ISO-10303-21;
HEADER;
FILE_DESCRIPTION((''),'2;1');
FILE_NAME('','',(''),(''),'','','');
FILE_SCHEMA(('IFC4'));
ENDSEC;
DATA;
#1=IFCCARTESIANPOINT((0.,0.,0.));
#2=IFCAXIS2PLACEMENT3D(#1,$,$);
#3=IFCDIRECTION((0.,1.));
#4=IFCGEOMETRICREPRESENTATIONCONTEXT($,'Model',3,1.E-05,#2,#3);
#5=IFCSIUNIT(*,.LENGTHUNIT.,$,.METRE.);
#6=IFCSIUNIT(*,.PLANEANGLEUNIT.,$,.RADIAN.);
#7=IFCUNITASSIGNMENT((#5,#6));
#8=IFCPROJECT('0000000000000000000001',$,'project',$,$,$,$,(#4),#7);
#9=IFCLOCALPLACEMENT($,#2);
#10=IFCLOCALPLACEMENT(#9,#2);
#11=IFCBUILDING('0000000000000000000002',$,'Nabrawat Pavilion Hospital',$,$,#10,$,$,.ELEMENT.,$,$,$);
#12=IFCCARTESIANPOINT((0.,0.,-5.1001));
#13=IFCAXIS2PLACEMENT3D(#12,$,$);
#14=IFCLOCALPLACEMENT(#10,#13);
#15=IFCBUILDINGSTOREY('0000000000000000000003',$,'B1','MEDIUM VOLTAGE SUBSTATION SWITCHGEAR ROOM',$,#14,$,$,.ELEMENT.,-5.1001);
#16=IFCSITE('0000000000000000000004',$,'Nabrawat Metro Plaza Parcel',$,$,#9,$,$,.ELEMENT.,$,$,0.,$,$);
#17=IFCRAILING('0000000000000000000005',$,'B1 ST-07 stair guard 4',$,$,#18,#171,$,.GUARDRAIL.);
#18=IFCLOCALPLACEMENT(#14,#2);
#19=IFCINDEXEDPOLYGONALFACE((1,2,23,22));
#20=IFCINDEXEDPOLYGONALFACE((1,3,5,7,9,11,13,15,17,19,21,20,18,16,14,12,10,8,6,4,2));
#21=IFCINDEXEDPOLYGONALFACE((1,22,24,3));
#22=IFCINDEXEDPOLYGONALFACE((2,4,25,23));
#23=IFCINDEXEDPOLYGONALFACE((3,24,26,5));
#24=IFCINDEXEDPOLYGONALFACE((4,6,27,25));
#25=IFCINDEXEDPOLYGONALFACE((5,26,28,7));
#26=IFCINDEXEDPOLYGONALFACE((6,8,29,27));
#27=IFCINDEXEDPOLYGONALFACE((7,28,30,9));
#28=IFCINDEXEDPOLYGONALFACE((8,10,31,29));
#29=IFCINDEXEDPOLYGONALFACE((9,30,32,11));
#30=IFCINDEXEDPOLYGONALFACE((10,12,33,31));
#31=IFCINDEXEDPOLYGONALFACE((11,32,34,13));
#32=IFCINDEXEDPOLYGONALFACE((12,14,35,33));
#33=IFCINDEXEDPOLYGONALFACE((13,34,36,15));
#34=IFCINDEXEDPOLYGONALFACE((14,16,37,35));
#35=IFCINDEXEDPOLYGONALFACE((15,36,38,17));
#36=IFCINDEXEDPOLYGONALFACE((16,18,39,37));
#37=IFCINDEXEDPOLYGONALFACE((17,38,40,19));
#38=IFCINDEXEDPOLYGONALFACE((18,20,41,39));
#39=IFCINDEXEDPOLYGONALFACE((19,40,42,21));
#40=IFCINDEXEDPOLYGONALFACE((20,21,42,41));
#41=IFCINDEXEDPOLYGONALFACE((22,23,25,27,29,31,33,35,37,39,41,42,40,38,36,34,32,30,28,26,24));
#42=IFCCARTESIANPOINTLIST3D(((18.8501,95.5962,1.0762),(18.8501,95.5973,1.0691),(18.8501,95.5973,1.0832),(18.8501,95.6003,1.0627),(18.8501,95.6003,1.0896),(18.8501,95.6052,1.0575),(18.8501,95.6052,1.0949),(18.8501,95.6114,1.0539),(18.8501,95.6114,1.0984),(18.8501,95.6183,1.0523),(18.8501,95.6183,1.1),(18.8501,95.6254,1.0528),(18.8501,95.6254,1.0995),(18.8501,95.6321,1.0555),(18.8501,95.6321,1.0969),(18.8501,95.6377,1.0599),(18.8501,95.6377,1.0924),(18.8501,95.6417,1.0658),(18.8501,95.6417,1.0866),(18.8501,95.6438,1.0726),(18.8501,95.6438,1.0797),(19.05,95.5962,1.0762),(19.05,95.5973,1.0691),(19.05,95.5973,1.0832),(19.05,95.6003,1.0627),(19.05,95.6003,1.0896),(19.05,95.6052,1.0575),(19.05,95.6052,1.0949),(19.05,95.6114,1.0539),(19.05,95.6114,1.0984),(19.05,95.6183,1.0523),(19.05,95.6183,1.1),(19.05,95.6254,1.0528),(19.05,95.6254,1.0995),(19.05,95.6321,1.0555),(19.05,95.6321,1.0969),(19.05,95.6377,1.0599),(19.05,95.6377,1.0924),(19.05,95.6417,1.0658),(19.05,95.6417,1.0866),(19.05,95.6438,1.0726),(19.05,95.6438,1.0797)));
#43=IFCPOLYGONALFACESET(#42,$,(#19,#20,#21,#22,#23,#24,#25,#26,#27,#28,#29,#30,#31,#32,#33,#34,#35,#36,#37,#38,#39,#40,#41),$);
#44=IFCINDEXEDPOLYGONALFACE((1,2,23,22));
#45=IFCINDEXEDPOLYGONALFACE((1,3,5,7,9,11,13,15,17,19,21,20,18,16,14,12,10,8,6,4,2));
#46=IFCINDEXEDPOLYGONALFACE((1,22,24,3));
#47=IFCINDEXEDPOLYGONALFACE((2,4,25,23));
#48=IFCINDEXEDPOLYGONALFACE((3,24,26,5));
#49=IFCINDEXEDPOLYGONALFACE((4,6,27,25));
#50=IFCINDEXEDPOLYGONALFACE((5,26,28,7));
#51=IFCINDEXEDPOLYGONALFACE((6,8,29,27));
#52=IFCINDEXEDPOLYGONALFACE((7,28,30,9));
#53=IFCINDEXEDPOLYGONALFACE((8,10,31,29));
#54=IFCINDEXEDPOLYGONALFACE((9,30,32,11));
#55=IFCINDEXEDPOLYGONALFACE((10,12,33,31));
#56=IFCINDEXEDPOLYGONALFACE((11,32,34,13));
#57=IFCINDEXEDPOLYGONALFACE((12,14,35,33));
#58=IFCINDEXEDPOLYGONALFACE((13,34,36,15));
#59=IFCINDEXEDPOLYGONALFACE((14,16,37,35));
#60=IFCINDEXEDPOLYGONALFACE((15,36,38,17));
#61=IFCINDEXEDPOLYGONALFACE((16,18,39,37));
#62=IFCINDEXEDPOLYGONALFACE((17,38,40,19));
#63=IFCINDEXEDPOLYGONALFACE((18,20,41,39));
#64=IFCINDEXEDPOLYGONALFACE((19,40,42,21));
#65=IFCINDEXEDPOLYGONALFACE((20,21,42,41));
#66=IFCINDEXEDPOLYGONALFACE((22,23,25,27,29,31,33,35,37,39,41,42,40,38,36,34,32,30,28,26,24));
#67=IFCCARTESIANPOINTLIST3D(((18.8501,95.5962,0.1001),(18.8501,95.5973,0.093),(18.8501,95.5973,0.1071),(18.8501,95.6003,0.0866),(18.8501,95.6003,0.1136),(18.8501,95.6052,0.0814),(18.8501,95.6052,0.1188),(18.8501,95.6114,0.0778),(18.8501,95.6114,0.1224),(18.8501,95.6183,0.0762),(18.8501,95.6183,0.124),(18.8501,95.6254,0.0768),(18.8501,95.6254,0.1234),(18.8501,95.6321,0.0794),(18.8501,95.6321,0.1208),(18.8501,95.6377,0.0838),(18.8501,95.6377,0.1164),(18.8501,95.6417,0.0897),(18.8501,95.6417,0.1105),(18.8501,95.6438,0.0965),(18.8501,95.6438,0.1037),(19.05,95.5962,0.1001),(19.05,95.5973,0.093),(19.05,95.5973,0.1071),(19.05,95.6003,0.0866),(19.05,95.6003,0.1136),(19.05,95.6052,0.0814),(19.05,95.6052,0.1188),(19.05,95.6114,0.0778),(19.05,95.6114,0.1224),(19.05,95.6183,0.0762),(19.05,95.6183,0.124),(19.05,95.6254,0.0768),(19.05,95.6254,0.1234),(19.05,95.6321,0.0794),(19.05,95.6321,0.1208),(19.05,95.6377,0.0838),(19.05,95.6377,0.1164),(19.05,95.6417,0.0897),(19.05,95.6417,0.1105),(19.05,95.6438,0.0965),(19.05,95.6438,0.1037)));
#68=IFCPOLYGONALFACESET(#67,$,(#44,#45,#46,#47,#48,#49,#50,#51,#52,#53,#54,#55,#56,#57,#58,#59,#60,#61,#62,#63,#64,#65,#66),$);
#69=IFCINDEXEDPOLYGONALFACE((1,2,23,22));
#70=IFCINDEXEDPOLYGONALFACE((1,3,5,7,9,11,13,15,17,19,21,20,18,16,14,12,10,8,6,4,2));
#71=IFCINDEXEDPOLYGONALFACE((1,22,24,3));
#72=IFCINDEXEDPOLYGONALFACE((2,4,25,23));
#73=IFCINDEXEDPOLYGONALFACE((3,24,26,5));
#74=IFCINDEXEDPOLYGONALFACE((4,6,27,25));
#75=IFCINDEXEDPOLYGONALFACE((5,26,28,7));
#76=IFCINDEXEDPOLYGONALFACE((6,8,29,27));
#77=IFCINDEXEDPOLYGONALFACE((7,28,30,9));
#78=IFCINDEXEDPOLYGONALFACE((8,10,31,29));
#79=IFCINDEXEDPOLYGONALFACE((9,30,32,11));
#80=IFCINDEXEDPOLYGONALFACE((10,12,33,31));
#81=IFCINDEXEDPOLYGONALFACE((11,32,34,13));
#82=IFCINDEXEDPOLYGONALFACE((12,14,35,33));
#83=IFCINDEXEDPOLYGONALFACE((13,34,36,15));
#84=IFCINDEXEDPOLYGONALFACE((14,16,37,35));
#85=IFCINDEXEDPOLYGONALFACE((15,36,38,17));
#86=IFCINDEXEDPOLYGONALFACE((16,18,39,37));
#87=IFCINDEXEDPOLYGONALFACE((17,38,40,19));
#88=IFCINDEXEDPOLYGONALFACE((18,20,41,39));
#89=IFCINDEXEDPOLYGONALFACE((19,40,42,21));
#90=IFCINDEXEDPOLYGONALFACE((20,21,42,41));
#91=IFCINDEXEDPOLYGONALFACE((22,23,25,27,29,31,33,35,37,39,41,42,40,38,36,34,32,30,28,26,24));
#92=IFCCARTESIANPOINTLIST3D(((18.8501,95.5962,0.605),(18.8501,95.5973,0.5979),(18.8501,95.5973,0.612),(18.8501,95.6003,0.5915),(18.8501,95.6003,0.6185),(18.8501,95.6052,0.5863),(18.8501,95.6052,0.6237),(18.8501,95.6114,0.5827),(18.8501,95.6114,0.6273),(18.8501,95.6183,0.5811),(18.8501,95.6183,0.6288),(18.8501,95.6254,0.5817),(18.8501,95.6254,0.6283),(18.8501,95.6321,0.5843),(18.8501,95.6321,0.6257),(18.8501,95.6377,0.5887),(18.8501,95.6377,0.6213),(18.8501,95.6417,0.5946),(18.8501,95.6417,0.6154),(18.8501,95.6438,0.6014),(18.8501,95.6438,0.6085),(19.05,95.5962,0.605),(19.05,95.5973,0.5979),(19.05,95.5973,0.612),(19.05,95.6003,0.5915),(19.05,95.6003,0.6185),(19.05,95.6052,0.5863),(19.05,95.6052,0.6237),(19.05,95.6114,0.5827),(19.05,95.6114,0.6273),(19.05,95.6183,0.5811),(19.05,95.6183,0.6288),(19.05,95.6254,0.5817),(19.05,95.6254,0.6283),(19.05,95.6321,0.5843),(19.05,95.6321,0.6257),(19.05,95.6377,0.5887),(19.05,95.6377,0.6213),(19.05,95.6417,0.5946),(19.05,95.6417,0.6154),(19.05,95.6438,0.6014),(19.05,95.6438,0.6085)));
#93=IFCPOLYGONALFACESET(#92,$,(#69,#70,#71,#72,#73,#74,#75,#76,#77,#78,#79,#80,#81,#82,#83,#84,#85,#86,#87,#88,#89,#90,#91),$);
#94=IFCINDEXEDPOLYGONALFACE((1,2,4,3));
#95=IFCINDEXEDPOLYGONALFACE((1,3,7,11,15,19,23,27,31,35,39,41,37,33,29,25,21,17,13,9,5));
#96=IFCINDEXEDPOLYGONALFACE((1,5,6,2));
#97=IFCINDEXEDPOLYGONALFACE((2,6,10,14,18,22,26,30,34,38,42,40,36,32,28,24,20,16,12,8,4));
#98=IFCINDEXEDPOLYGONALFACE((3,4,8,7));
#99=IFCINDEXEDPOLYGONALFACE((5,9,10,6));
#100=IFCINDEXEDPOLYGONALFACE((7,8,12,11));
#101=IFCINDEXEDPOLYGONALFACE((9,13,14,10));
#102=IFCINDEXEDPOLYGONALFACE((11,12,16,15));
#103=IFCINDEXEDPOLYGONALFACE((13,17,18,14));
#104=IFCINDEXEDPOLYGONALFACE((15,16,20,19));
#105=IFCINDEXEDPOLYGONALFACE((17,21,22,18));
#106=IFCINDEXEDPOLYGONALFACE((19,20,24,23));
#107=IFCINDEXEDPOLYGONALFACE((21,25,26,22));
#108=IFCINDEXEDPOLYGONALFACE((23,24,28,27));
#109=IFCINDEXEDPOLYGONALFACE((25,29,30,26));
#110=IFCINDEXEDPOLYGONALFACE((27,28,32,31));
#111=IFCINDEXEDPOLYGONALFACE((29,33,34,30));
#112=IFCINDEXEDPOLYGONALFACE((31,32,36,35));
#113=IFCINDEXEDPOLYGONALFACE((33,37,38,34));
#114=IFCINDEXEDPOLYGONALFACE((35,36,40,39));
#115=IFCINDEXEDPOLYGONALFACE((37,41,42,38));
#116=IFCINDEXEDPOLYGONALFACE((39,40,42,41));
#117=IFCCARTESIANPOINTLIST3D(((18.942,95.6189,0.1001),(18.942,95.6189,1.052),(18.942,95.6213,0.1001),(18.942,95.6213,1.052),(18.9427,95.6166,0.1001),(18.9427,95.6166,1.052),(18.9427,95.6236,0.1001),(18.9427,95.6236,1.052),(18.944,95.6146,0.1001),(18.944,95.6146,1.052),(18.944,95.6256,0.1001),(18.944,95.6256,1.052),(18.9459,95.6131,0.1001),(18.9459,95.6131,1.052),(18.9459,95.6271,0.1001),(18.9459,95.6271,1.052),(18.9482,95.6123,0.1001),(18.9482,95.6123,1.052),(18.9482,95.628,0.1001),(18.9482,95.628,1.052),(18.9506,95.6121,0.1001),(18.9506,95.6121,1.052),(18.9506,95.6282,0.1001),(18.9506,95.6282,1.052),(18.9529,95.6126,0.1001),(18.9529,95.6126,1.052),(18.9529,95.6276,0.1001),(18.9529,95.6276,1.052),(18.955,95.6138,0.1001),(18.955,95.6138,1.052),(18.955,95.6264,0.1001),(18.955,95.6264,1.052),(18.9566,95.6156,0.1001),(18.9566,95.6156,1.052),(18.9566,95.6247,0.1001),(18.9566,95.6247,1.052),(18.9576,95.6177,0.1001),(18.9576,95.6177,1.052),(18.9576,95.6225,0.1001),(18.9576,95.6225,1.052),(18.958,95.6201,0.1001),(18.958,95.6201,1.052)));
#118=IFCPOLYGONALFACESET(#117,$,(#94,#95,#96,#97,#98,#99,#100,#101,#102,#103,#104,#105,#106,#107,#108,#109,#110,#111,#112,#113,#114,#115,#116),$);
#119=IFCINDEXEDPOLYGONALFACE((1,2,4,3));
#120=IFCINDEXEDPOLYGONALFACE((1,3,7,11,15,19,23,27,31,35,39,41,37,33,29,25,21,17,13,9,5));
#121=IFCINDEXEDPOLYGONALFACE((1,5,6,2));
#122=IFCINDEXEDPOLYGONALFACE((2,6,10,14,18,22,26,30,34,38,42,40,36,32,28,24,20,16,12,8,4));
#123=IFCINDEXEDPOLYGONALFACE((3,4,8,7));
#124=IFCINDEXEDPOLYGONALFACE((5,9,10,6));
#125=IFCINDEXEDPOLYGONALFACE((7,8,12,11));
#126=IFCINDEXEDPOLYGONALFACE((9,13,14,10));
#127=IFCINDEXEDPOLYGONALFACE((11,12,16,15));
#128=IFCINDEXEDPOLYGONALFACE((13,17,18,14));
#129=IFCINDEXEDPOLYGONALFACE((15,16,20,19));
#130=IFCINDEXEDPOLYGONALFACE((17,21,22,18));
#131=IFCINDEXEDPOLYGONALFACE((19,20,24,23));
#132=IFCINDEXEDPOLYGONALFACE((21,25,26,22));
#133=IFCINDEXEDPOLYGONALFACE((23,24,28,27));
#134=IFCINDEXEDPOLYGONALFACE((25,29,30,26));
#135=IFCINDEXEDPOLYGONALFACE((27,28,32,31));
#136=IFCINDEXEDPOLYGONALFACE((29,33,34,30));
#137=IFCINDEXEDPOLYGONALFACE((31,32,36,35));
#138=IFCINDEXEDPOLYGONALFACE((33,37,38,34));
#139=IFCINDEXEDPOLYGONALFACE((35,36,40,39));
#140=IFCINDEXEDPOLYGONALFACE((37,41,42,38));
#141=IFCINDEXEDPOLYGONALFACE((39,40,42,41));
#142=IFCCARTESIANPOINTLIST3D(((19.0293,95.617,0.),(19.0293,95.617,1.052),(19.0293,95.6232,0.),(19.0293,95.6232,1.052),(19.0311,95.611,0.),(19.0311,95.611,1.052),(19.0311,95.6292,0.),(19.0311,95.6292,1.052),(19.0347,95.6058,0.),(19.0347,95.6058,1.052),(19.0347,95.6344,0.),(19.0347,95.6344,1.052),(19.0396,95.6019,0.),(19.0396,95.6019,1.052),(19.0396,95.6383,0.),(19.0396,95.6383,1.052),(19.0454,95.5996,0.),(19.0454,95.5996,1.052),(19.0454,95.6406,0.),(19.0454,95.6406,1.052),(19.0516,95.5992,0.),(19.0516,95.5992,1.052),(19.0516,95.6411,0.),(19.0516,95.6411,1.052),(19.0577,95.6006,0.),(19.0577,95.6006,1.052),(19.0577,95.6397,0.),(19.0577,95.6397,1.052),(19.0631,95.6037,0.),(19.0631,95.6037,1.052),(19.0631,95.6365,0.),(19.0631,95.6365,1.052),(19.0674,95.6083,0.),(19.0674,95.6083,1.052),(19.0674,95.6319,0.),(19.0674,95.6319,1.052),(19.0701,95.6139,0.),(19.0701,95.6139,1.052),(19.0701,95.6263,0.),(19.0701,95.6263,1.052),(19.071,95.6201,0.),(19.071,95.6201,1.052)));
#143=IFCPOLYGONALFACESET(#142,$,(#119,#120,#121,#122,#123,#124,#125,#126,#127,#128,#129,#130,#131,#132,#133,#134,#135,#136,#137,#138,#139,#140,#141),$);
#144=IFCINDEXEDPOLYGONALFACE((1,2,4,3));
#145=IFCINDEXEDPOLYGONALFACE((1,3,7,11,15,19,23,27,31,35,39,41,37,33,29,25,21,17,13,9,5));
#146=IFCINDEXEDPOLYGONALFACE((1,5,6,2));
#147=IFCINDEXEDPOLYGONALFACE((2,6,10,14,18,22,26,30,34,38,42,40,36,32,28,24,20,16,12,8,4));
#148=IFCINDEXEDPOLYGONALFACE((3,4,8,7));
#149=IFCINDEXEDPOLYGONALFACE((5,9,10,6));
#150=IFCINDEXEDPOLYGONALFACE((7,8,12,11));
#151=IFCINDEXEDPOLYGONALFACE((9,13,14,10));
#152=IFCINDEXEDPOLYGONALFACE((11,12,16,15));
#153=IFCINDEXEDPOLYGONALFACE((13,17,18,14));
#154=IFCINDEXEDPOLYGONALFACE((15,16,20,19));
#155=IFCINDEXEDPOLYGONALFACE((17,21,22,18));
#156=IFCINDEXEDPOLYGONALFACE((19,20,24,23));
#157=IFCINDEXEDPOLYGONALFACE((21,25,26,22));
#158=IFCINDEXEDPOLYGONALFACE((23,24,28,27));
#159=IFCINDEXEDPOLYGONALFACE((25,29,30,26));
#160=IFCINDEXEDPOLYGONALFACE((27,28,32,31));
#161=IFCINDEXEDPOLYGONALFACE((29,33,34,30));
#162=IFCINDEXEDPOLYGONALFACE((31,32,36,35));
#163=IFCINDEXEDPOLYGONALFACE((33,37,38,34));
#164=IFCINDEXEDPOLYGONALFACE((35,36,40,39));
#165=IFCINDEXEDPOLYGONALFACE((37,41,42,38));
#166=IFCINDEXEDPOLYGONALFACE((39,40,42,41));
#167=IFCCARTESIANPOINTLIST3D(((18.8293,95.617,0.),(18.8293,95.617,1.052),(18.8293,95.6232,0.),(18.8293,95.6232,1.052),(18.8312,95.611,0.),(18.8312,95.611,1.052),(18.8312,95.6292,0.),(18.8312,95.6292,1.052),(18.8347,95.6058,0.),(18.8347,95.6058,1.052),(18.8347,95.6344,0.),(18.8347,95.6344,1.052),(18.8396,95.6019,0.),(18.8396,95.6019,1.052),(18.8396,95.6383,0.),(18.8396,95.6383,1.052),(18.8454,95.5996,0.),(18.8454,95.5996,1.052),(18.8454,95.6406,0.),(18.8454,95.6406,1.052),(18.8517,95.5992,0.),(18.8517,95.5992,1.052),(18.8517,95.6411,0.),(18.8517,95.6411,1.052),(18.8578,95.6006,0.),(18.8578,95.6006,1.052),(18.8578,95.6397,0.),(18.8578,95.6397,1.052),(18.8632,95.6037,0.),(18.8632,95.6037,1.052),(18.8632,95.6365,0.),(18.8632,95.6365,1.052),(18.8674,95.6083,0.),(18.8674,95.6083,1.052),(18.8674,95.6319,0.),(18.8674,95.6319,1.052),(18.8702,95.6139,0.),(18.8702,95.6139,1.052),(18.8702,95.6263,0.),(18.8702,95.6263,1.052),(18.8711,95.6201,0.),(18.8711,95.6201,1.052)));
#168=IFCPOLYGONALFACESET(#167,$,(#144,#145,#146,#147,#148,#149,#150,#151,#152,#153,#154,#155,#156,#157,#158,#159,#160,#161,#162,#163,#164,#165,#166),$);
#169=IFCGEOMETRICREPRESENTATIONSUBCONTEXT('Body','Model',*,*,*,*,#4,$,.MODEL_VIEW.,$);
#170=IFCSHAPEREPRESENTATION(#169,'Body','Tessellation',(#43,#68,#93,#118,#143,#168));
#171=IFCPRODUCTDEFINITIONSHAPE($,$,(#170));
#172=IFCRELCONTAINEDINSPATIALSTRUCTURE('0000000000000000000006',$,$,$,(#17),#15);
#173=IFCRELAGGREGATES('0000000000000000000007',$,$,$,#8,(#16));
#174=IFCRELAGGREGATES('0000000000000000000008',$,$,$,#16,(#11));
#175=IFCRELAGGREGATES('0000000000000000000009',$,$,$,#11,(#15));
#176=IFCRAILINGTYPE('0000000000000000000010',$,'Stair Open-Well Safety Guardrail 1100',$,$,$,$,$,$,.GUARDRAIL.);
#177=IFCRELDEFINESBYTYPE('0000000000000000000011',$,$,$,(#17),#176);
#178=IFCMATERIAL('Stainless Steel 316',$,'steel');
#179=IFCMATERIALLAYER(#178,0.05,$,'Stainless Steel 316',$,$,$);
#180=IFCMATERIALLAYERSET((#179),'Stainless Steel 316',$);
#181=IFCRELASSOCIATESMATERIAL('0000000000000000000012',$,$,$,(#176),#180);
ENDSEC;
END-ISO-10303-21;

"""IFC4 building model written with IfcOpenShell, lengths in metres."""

from ifc_helpers import new_model, si_unit, direction, frame, origin, origin_2d, place, context, subcontext, project, spatial, circle, extrude, material, layer, layer_set, type_object, element, save


model = new_model("IFC4")

# Units and contexts
model_context = context("Model", 3, precision=1e-05, world=origin(), true_north=direction((0.0, 1.0)))
body_context = subcontext(model_context, "Body", "Model", "MODEL_VIEW")
ifc_project = project(units=[si_unit("LENGTHUNIT", "METRE"), si_unit("PLANEANGLEUNIT", "RADIAN")], contexts=[model_context])

# Site, building, storey
site_placement = place(None, origin())
site = spatial("IfcSite", under=ifc_project, at=site_placement, Name="Nabrawat Metro Plaza Parcel", CompositionType="ELEMENT", RefElevation=0.0)
building_placement = place(site_placement, origin())
building = spatial("IfcBuilding", under=site, at=building_placement, Name="Nabrawat Pavilion Hospital", CompositionType="ELEMENT")
storey_placement = place(building_placement, frame((0.0, 0.0, -5.1001)))
storey = spatial("IfcBuildingStorey", under=building, at=storey_placement, Name="B1", Description="MEDIUM VOLTAGE SUBSTATION SWITCHGEAR ROOM", CompositionType="ELEMENT", Elevation=-5.1001)

# Railing
ifc_material_1 = material(Name="Stainless Steel 316", Category="steel")
ifc_layer_1 = layer(ifc_material_1, 0.05, Name="Stainless Steel 316")
ifc_layer_set_1 = layer_set([ifc_layer_1], Name="Stainless Steel 316")
railing_type_1 = type_object("IfcRailingType", Name="Stair Open-Well Safety Guardrail 1100", PredefinedType="GUARDRAIL", material=ifc_layer_set_1)
railing_1_placement = place(storey_placement, frame((19.05, 95.6201, 0.0)))
element("IfcRailing", 1, at=railing_1_placement, inside=storey, type_object=railing_type_1, Name="B1 ST-07 stair guard 4", PredefinedType="GUARDRAIL", context=body_context, shape_type="SweptSolid", body=[
    extrude(circle(Radius=0.0239, at=origin_2d()), frame((0.0, 0.0, 1.0762), z_axis=(-1.0, 0.0, 0.0), x_axis=(0.0, -1.0, 0.0)), (0.0, 0.0, 1.0), 0.2),
    extrude(circle(Radius=0.0239, at=origin_2d()), frame((0.0, 0.0, 0.1001), z_axis=(-1.0, 0.0, 0.0), x_axis=(0.0, -1.0, 0.0)), (0.0, 0.0, 1.0), 0.2),
    extrude(circle(Radius=0.0239, at=origin_2d()), frame((0.0, 0.0, 0.605), z_axis=(-1.0, 0.0, 0.0), x_axis=(0.0, -1.0, 0.0)), (0.0, 0.0, 1.0), 0.2),
    extrude(circle(Radius=0.0081, at=origin_2d()), frame((-0.1001, 0.0, 0.1001)), (0.0, 0.0, 1.0), 0.9519),
    extrude(circle(Radius=0.021, at=origin_2d()), origin(), (0.0, 0.0, 1.0), 1.052),
    extrude(circle(Radius=0.021, at=origin_2d()), frame((-0.2, 0.0, 0.0)), (0.0, 0.0, 1.0), 1.052),
])

save(model, "model.ifc")
